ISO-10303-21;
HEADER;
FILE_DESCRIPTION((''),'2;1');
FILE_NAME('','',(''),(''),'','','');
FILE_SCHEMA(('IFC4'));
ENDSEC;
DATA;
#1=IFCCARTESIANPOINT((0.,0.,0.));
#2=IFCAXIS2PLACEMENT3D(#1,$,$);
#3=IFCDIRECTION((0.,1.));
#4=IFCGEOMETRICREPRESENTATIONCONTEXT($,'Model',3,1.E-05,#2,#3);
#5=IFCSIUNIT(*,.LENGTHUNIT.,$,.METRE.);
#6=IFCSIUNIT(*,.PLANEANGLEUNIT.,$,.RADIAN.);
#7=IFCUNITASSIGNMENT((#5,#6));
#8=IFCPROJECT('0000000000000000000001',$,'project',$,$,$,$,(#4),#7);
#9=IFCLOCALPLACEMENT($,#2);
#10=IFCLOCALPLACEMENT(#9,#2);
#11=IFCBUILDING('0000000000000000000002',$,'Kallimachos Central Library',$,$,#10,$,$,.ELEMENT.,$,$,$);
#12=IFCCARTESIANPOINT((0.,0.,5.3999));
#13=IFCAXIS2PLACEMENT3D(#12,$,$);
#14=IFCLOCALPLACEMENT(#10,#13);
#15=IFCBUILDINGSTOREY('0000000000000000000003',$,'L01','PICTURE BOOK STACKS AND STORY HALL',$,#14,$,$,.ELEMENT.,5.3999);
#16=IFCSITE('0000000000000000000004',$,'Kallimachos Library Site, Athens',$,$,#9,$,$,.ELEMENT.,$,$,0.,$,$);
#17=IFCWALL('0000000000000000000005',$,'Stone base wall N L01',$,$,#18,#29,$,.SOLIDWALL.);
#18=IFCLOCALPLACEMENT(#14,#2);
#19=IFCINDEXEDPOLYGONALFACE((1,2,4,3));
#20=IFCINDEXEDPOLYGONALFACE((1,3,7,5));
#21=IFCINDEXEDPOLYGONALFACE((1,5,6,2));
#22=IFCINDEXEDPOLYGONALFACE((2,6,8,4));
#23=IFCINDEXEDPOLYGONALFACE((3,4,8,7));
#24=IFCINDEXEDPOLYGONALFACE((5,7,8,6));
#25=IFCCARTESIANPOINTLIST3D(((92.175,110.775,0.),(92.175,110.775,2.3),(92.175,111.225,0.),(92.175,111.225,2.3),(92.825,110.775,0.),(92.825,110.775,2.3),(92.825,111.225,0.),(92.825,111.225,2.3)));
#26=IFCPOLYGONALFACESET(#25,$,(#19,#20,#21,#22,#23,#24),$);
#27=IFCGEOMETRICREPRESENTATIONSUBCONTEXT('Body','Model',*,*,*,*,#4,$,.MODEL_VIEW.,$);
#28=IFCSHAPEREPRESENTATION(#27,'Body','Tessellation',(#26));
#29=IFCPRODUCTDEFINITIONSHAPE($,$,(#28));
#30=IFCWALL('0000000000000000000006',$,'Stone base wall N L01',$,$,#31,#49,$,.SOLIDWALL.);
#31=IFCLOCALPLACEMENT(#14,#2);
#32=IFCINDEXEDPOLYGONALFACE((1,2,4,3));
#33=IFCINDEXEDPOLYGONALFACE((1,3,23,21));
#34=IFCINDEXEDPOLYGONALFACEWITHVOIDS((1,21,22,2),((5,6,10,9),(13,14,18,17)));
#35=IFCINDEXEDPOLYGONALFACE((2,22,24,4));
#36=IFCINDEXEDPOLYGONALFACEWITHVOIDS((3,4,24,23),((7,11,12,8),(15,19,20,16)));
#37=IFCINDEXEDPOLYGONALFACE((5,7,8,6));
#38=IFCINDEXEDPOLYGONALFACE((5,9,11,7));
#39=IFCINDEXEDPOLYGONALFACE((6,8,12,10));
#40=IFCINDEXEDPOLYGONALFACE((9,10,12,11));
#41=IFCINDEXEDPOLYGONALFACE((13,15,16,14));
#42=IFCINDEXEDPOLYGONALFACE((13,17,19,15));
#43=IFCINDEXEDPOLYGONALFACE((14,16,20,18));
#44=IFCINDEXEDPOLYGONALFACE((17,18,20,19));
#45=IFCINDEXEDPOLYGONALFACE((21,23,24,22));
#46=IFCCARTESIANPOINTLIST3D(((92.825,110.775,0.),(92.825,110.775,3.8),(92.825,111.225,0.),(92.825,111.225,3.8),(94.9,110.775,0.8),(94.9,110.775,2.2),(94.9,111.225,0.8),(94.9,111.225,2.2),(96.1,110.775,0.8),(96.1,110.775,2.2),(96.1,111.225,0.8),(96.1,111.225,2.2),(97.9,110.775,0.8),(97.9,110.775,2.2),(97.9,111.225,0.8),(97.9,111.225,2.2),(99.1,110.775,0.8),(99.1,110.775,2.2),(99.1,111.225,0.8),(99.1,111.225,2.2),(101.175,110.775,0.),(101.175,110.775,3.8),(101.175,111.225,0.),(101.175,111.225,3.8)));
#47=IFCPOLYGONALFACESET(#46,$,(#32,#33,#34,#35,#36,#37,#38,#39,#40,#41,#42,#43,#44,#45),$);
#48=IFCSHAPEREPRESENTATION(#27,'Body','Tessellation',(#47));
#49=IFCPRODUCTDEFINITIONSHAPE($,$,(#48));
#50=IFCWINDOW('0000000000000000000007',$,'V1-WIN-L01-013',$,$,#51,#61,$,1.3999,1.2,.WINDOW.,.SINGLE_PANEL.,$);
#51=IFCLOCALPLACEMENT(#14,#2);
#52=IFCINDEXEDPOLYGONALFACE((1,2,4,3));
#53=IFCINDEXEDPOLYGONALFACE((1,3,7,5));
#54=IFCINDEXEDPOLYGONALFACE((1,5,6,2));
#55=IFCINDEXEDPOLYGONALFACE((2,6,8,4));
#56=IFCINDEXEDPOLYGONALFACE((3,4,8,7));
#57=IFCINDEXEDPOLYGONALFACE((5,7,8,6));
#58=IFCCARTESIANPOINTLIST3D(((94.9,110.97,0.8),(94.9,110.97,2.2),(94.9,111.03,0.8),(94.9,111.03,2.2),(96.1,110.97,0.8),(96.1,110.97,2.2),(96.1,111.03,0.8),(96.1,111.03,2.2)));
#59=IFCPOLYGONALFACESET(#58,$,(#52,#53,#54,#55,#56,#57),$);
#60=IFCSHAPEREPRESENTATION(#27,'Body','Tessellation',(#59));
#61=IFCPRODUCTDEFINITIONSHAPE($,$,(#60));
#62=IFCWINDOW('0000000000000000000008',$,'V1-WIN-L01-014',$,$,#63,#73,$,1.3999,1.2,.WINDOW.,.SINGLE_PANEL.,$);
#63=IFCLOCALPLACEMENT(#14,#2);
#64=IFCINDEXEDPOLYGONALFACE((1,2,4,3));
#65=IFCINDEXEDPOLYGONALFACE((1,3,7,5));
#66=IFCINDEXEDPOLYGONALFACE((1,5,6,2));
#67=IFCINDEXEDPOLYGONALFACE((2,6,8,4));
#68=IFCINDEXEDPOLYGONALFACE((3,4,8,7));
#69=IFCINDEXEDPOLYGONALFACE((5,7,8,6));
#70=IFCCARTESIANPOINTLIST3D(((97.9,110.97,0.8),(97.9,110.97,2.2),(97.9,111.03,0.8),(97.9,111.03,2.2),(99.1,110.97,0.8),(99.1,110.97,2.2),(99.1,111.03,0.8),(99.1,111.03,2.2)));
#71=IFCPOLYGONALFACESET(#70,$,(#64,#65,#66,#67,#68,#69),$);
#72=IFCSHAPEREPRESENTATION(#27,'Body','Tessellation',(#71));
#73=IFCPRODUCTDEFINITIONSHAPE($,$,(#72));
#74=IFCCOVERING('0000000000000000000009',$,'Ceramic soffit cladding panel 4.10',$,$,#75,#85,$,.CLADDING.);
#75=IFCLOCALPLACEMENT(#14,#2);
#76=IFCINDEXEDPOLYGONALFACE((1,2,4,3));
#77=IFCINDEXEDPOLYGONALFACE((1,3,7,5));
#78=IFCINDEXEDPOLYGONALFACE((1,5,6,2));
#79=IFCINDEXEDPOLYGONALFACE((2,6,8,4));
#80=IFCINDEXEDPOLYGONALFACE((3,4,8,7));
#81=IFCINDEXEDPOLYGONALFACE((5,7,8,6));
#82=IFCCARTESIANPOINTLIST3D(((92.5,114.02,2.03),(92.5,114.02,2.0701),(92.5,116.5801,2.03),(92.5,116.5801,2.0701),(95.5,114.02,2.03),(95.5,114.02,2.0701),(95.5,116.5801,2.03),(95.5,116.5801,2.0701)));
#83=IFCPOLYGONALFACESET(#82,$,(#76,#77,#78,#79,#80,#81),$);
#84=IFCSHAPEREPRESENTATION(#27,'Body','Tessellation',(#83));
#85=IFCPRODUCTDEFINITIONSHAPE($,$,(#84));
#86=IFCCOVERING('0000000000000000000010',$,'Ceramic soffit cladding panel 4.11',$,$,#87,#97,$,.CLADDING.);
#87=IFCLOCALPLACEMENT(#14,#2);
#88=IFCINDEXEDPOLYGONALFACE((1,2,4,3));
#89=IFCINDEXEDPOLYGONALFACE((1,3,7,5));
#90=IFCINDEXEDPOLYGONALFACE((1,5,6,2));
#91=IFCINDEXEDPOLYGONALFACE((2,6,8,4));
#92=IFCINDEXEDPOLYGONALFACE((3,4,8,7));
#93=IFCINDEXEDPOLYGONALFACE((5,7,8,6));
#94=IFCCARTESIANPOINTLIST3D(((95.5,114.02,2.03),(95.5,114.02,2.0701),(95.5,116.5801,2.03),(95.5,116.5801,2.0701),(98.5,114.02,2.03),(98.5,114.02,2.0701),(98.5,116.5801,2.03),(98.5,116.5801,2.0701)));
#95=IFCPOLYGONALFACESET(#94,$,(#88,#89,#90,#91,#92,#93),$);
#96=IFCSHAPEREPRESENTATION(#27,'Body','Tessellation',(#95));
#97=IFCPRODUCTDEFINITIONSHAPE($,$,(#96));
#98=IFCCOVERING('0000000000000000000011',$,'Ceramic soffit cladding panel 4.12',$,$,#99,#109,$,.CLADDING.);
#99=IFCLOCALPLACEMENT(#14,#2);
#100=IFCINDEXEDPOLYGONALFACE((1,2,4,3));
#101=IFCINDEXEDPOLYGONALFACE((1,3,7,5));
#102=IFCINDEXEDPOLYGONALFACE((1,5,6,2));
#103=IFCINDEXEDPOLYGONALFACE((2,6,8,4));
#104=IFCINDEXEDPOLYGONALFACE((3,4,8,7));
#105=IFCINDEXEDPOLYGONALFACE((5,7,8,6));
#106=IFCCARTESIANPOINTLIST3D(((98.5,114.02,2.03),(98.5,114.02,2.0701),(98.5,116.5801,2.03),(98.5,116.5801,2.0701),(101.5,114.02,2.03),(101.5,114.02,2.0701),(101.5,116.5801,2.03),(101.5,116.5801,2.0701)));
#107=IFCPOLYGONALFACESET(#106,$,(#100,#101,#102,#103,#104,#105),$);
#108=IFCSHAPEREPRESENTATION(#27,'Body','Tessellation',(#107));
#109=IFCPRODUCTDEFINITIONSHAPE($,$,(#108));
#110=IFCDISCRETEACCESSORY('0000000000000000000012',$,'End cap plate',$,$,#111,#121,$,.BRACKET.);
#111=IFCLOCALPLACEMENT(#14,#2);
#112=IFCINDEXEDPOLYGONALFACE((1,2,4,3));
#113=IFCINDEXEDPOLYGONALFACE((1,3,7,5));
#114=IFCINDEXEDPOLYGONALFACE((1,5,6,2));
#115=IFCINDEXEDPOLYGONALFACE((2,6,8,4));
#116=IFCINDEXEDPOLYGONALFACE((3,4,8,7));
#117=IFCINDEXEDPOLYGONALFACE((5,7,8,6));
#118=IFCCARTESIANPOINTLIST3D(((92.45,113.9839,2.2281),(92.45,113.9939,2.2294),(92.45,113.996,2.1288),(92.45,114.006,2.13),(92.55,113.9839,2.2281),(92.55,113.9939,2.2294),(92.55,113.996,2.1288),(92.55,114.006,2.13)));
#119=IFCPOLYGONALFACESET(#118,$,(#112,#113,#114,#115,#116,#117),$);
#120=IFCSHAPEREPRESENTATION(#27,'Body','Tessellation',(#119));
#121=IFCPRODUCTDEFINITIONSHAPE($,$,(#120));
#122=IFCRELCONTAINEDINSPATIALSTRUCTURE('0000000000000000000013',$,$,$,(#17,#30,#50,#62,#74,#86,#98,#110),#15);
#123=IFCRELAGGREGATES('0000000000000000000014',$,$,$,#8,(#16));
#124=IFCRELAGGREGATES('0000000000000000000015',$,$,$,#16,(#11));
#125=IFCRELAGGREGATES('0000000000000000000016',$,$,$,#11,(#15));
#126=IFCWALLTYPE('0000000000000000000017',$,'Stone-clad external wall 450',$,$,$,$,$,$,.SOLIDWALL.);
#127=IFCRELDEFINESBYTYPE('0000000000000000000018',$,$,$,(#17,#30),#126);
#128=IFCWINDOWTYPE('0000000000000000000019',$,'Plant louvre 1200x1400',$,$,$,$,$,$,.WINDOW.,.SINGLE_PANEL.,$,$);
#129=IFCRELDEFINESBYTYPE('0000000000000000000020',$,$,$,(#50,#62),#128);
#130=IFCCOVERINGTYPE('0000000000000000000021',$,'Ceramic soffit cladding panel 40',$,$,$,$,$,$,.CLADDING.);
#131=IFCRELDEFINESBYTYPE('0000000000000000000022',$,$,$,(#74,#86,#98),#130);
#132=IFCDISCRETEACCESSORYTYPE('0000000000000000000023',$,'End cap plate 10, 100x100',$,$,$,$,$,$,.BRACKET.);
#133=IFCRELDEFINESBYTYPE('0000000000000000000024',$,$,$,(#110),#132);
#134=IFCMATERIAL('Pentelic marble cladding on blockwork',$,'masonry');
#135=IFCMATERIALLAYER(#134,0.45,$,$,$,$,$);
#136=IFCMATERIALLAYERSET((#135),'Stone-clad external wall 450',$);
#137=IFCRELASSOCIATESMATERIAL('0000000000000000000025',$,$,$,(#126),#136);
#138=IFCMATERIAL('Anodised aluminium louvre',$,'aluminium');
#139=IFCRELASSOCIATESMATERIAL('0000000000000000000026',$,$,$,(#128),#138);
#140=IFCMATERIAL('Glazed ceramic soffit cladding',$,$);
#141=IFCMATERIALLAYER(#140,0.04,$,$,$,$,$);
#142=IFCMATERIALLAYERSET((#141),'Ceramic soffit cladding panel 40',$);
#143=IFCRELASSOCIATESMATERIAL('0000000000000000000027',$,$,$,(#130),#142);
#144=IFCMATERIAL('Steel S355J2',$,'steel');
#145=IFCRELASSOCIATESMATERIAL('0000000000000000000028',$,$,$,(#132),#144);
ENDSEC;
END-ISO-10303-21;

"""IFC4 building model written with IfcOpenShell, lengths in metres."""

from ifc_helpers import new_model, si_unit, direction, frame, frame_2d, origin, origin_2d, place, context, subcontext, project, spatial, polyline, rectangle, outline, extrude, material, layer, layer_set, material_profile, profile_set, type_object, element, fill, save


model = new_model("IFC4")

# Units and contexts
model_context = context("Model", 3, precision=1e-05, world=origin(), true_north=direction((0.0, 1.0)))
body_context = subcontext(model_context, "Body", "Model", "MODEL_VIEW")
ifc_project = project(units=[si_unit("LENGTHUNIT", "METRE"), si_unit("PLANEANGLEUNIT", "RADIAN")], contexts=[model_context])

# Site, building, storey
site_placement = place(None, origin())
site = spatial("IfcSite", under=ifc_project, at=site_placement, Name="Kallimachos Library Site, Athens", CompositionType="ELEMENT", RefElevation=0.0)
building_placement = place(site_placement, origin())
building = spatial("IfcBuilding", under=site, at=building_placement, Name="Kallimachos Central Library", CompositionType="ELEMENT")
storey_placement = place(building_placement, frame((0.0, 0.0, 5.3999)))
storey = spatial("IfcBuildingStorey", under=building, at=storey_placement, Name="L01", Description="PICTURE BOOK STACKS AND STORY HALL", CompositionType="ELEMENT", Elevation=5.3999)

# Wall
ifc_material_1 = material(Name="Pentelic marble cladding on blockwork", Category="masonry")
ifc_layer_1 = layer(ifc_material_1, 0.45)
ifc_layer_set_1 = layer_set([ifc_layer_1], Name="Stone-clad external wall 450")
wall_type_1 = type_object("IfcWallType", Name="Stone-clad external wall 450", PredefinedType="SOLIDWALL", material=ifc_layer_set_1)
wall_1_placement = place(storey_placement, frame((92.175, 111.0, 0.0), z_axis=(0.0, 0.0, 1.0), x_axis=(1.0, 0.0, 0.0)))
element("IfcWall", 1, at=wall_1_placement, inside=storey, type_object=wall_type_1, Name="Stone base wall N L01", PredefinedType="SOLIDWALL", context=body_context, shape_type="SweptSolid", body=[
    extrude(rectangle(XDim=0.6499, YDim=0.45, at=frame_2d((0.325, 0.0))), origin(), (0.0, 0.0, 1.0), 2.3),
])

# Wall, openings, windows
wall_2_placement = place(storey_placement, frame((92.825, 111.0, 0.0), z_axis=(0.0, 0.0, 1.0), x_axis=(1.0, 0.0, 0.0)))
wall_2 = element("IfcWall", 2, at=wall_2_placement, inside=storey, type_object=wall_type_1, Name="Stone base wall N L01", PredefinedType="SOLIDWALL", context=body_context, shape_type="SweptSolid", body=[
    extrude(rectangle(XDim=8.3501, YDim=0.45, at=frame_2d((4.175, 0.0))), origin(), (0.0, 0.0, 1.0), 3.8),
])
opening_1_placement = place(wall_2_placement, frame((2.075, 0.0, 0.8)))
opening_1 = element("IfcOpeningElement", 3, at=opening_1_placement, cuts=wall_2, PredefinedType="OPENING", context=body_context, shape_type="SweptSolid", body=[
    extrude(rectangle(XDim=1.2, YDim=1.3999, at=frame_2d((0.6001, 0.7))), frame((0.0, 0.2349, 0.0), z_axis=(0.0, -1.0, 0.0), x_axis=(1.0, 0.0, 0.0)), (0.0, 0.0, 1.0), 0.47),
])
opening_2_placement = place(wall_2_placement, frame((5.075, 0.0, 0.8)))
opening_2 = element("IfcOpeningElement", 4, at=opening_2_placement, cuts=wall_2, PredefinedType="OPENING", context=body_context, shape_type="SweptSolid", body=[
    extrude(rectangle(XDim=1.2, YDim=1.3999, at=frame_2d((0.6001, 0.7))), frame((0.0, 0.2349, 0.0), z_axis=(0.0, -1.0, 0.0), x_axis=(1.0, 0.0, 0.0)), (0.0, 0.0, 1.0), 0.47),
])
ifc_material_2 = material(Name="Anodised aluminium louvre", Category="aluminium")
window_type = type_object("IfcWindowType", Name="Plant louvre 1200x1400", PartitioningType="SINGLE_PANEL", PredefinedType="WINDOW", material=ifc_material_2)
window_1_placement = place(opening_1_placement, origin())
window_1 = element("IfcWindow", 5, at=window_1_placement, inside=storey, type_object=window_type, Name="V1-WIN-L01-013", OverallHeight=1.3999, OverallWidth=1.2, PartitioningType="SINGLE_PANEL", PredefinedType="WINDOW", context=body_context, shape_type="SweptSolid", body=[
    extrude(rectangle(XDim=1.2, YDim=1.3999, at=frame_2d((0.6001, 0.7))), frame((0.0, 0.03, 0.0), z_axis=(0.0, -1.0, 0.0), x_axis=(1.0, 0.0, 0.0)), (0.0, 0.0, 1.0), 0.0601),
])
fill(opening_1, window_1)
window_2_placement = place(opening_2_placement, origin())
window_2 = element("IfcWindow", 6, at=window_2_placement, inside=storey, type_object=window_type, Name="V1-WIN-L01-014", OverallHeight=1.3999, OverallWidth=1.2, PartitioningType="SINGLE_PANEL", PredefinedType="WINDOW", context=body_context, shape_type="SweptSolid", body=[
    extrude(rectangle(XDim=1.2, YDim=1.3999, at=frame_2d((0.6001, 0.7))), frame((0.0, 0.03, 0.0), z_axis=(0.0, -1.0, 0.0), x_axis=(1.0, 0.0, 0.0)), (0.0, 0.0, 1.0), 0.0601),
])
fill(opening_2, window_2)

# Coverings
ifc_material_3 = material(Name="Glazed ceramic soffit cladding")
ifc_layer_2 = layer(ifc_material_3, 0.04)
ifc_layer_set_2 = layer_set([ifc_layer_2], Name="Ceramic soffit cladding panel 40")
covering_type = type_object("IfcCoveringType", Name="Ceramic soffit cladding panel 40", PredefinedType="CLADDING", material=ifc_layer_set_2)
for number, where, z_axis, x_axis, name in (
    (7, (92.5, 116.5801, 2.0701), (0.0, 0.0, 1.0), (1.0, 0.0, 0.0), "Ceramic soffit cladding panel 4.10"),
    (8, (95.5, 116.5801, 2.0701), (0.0, 0.0, 1.0), (1.0, 0.0, 0.0), "Ceramic soffit cladding panel 4.11"),
    (9, (98.5, 116.5801, 2.0701), (0.0, 0.0, 1.0), (1.0, 0.0, 0.0), "Ceramic soffit cladding panel 4.12"),
):
    element("IfcCovering", number, at=place(storey_placement, frame(where, z_axis=z_axis, x_axis=x_axis)), inside=storey, type_object=covering_type, Name=name, PredefinedType="CLADDING", context=body_context, shape_type="SweptSolid", body=[
        extrude(outline(polyline([(0.0, 0.0), (3.0, 0.0), (3.0, -2.5601), (0.0, -2.5601), (0.0, 0.0)])), origin(), (0.0, 0.0, -1.0), 0.04),
    ])

# Discrete accessory
ifc_material_4 = material(Name="Steel S355J2", Category="steel")
ifc_material_profile_1 = material_profile(ifc_material_4, rectangle(XDim=0.1001, YDim=0.1001, at=origin_2d()), Name="End cap plate 10, 100x100")
ifc_profile_set_1 = profile_set([ifc_material_profile_1], Name="Steel S355J2")
discrete_accessory_type = type_object("IfcDiscreteAccessoryType", Name="End cap plate 10, 100x100", PredefinedType="BRACKET", material=ifc_profile_set_1)
discrete_accessory_placement = place(storey_placement, frame((92.5, 113.99, 2.1785), z_axis=(0.0, 0.992646, 0.121054), x_axis=(-1.0, 0.0, 0.0)))
element("IfcDiscreteAccessory", 10, at=discrete_accessory_placement, inside=storey, type_object=discrete_accessory_type, Name="End cap plate", PredefinedType="BRACKET", context=body_context, shape_type="SweptSolid", body=[
    extrude(rectangle(XDim=0.1001, YDim=0.1001, at=origin_2d()), origin(), (0.0, 0.0, 1.0), 0.01),
])

save(model, "model.ifc")
